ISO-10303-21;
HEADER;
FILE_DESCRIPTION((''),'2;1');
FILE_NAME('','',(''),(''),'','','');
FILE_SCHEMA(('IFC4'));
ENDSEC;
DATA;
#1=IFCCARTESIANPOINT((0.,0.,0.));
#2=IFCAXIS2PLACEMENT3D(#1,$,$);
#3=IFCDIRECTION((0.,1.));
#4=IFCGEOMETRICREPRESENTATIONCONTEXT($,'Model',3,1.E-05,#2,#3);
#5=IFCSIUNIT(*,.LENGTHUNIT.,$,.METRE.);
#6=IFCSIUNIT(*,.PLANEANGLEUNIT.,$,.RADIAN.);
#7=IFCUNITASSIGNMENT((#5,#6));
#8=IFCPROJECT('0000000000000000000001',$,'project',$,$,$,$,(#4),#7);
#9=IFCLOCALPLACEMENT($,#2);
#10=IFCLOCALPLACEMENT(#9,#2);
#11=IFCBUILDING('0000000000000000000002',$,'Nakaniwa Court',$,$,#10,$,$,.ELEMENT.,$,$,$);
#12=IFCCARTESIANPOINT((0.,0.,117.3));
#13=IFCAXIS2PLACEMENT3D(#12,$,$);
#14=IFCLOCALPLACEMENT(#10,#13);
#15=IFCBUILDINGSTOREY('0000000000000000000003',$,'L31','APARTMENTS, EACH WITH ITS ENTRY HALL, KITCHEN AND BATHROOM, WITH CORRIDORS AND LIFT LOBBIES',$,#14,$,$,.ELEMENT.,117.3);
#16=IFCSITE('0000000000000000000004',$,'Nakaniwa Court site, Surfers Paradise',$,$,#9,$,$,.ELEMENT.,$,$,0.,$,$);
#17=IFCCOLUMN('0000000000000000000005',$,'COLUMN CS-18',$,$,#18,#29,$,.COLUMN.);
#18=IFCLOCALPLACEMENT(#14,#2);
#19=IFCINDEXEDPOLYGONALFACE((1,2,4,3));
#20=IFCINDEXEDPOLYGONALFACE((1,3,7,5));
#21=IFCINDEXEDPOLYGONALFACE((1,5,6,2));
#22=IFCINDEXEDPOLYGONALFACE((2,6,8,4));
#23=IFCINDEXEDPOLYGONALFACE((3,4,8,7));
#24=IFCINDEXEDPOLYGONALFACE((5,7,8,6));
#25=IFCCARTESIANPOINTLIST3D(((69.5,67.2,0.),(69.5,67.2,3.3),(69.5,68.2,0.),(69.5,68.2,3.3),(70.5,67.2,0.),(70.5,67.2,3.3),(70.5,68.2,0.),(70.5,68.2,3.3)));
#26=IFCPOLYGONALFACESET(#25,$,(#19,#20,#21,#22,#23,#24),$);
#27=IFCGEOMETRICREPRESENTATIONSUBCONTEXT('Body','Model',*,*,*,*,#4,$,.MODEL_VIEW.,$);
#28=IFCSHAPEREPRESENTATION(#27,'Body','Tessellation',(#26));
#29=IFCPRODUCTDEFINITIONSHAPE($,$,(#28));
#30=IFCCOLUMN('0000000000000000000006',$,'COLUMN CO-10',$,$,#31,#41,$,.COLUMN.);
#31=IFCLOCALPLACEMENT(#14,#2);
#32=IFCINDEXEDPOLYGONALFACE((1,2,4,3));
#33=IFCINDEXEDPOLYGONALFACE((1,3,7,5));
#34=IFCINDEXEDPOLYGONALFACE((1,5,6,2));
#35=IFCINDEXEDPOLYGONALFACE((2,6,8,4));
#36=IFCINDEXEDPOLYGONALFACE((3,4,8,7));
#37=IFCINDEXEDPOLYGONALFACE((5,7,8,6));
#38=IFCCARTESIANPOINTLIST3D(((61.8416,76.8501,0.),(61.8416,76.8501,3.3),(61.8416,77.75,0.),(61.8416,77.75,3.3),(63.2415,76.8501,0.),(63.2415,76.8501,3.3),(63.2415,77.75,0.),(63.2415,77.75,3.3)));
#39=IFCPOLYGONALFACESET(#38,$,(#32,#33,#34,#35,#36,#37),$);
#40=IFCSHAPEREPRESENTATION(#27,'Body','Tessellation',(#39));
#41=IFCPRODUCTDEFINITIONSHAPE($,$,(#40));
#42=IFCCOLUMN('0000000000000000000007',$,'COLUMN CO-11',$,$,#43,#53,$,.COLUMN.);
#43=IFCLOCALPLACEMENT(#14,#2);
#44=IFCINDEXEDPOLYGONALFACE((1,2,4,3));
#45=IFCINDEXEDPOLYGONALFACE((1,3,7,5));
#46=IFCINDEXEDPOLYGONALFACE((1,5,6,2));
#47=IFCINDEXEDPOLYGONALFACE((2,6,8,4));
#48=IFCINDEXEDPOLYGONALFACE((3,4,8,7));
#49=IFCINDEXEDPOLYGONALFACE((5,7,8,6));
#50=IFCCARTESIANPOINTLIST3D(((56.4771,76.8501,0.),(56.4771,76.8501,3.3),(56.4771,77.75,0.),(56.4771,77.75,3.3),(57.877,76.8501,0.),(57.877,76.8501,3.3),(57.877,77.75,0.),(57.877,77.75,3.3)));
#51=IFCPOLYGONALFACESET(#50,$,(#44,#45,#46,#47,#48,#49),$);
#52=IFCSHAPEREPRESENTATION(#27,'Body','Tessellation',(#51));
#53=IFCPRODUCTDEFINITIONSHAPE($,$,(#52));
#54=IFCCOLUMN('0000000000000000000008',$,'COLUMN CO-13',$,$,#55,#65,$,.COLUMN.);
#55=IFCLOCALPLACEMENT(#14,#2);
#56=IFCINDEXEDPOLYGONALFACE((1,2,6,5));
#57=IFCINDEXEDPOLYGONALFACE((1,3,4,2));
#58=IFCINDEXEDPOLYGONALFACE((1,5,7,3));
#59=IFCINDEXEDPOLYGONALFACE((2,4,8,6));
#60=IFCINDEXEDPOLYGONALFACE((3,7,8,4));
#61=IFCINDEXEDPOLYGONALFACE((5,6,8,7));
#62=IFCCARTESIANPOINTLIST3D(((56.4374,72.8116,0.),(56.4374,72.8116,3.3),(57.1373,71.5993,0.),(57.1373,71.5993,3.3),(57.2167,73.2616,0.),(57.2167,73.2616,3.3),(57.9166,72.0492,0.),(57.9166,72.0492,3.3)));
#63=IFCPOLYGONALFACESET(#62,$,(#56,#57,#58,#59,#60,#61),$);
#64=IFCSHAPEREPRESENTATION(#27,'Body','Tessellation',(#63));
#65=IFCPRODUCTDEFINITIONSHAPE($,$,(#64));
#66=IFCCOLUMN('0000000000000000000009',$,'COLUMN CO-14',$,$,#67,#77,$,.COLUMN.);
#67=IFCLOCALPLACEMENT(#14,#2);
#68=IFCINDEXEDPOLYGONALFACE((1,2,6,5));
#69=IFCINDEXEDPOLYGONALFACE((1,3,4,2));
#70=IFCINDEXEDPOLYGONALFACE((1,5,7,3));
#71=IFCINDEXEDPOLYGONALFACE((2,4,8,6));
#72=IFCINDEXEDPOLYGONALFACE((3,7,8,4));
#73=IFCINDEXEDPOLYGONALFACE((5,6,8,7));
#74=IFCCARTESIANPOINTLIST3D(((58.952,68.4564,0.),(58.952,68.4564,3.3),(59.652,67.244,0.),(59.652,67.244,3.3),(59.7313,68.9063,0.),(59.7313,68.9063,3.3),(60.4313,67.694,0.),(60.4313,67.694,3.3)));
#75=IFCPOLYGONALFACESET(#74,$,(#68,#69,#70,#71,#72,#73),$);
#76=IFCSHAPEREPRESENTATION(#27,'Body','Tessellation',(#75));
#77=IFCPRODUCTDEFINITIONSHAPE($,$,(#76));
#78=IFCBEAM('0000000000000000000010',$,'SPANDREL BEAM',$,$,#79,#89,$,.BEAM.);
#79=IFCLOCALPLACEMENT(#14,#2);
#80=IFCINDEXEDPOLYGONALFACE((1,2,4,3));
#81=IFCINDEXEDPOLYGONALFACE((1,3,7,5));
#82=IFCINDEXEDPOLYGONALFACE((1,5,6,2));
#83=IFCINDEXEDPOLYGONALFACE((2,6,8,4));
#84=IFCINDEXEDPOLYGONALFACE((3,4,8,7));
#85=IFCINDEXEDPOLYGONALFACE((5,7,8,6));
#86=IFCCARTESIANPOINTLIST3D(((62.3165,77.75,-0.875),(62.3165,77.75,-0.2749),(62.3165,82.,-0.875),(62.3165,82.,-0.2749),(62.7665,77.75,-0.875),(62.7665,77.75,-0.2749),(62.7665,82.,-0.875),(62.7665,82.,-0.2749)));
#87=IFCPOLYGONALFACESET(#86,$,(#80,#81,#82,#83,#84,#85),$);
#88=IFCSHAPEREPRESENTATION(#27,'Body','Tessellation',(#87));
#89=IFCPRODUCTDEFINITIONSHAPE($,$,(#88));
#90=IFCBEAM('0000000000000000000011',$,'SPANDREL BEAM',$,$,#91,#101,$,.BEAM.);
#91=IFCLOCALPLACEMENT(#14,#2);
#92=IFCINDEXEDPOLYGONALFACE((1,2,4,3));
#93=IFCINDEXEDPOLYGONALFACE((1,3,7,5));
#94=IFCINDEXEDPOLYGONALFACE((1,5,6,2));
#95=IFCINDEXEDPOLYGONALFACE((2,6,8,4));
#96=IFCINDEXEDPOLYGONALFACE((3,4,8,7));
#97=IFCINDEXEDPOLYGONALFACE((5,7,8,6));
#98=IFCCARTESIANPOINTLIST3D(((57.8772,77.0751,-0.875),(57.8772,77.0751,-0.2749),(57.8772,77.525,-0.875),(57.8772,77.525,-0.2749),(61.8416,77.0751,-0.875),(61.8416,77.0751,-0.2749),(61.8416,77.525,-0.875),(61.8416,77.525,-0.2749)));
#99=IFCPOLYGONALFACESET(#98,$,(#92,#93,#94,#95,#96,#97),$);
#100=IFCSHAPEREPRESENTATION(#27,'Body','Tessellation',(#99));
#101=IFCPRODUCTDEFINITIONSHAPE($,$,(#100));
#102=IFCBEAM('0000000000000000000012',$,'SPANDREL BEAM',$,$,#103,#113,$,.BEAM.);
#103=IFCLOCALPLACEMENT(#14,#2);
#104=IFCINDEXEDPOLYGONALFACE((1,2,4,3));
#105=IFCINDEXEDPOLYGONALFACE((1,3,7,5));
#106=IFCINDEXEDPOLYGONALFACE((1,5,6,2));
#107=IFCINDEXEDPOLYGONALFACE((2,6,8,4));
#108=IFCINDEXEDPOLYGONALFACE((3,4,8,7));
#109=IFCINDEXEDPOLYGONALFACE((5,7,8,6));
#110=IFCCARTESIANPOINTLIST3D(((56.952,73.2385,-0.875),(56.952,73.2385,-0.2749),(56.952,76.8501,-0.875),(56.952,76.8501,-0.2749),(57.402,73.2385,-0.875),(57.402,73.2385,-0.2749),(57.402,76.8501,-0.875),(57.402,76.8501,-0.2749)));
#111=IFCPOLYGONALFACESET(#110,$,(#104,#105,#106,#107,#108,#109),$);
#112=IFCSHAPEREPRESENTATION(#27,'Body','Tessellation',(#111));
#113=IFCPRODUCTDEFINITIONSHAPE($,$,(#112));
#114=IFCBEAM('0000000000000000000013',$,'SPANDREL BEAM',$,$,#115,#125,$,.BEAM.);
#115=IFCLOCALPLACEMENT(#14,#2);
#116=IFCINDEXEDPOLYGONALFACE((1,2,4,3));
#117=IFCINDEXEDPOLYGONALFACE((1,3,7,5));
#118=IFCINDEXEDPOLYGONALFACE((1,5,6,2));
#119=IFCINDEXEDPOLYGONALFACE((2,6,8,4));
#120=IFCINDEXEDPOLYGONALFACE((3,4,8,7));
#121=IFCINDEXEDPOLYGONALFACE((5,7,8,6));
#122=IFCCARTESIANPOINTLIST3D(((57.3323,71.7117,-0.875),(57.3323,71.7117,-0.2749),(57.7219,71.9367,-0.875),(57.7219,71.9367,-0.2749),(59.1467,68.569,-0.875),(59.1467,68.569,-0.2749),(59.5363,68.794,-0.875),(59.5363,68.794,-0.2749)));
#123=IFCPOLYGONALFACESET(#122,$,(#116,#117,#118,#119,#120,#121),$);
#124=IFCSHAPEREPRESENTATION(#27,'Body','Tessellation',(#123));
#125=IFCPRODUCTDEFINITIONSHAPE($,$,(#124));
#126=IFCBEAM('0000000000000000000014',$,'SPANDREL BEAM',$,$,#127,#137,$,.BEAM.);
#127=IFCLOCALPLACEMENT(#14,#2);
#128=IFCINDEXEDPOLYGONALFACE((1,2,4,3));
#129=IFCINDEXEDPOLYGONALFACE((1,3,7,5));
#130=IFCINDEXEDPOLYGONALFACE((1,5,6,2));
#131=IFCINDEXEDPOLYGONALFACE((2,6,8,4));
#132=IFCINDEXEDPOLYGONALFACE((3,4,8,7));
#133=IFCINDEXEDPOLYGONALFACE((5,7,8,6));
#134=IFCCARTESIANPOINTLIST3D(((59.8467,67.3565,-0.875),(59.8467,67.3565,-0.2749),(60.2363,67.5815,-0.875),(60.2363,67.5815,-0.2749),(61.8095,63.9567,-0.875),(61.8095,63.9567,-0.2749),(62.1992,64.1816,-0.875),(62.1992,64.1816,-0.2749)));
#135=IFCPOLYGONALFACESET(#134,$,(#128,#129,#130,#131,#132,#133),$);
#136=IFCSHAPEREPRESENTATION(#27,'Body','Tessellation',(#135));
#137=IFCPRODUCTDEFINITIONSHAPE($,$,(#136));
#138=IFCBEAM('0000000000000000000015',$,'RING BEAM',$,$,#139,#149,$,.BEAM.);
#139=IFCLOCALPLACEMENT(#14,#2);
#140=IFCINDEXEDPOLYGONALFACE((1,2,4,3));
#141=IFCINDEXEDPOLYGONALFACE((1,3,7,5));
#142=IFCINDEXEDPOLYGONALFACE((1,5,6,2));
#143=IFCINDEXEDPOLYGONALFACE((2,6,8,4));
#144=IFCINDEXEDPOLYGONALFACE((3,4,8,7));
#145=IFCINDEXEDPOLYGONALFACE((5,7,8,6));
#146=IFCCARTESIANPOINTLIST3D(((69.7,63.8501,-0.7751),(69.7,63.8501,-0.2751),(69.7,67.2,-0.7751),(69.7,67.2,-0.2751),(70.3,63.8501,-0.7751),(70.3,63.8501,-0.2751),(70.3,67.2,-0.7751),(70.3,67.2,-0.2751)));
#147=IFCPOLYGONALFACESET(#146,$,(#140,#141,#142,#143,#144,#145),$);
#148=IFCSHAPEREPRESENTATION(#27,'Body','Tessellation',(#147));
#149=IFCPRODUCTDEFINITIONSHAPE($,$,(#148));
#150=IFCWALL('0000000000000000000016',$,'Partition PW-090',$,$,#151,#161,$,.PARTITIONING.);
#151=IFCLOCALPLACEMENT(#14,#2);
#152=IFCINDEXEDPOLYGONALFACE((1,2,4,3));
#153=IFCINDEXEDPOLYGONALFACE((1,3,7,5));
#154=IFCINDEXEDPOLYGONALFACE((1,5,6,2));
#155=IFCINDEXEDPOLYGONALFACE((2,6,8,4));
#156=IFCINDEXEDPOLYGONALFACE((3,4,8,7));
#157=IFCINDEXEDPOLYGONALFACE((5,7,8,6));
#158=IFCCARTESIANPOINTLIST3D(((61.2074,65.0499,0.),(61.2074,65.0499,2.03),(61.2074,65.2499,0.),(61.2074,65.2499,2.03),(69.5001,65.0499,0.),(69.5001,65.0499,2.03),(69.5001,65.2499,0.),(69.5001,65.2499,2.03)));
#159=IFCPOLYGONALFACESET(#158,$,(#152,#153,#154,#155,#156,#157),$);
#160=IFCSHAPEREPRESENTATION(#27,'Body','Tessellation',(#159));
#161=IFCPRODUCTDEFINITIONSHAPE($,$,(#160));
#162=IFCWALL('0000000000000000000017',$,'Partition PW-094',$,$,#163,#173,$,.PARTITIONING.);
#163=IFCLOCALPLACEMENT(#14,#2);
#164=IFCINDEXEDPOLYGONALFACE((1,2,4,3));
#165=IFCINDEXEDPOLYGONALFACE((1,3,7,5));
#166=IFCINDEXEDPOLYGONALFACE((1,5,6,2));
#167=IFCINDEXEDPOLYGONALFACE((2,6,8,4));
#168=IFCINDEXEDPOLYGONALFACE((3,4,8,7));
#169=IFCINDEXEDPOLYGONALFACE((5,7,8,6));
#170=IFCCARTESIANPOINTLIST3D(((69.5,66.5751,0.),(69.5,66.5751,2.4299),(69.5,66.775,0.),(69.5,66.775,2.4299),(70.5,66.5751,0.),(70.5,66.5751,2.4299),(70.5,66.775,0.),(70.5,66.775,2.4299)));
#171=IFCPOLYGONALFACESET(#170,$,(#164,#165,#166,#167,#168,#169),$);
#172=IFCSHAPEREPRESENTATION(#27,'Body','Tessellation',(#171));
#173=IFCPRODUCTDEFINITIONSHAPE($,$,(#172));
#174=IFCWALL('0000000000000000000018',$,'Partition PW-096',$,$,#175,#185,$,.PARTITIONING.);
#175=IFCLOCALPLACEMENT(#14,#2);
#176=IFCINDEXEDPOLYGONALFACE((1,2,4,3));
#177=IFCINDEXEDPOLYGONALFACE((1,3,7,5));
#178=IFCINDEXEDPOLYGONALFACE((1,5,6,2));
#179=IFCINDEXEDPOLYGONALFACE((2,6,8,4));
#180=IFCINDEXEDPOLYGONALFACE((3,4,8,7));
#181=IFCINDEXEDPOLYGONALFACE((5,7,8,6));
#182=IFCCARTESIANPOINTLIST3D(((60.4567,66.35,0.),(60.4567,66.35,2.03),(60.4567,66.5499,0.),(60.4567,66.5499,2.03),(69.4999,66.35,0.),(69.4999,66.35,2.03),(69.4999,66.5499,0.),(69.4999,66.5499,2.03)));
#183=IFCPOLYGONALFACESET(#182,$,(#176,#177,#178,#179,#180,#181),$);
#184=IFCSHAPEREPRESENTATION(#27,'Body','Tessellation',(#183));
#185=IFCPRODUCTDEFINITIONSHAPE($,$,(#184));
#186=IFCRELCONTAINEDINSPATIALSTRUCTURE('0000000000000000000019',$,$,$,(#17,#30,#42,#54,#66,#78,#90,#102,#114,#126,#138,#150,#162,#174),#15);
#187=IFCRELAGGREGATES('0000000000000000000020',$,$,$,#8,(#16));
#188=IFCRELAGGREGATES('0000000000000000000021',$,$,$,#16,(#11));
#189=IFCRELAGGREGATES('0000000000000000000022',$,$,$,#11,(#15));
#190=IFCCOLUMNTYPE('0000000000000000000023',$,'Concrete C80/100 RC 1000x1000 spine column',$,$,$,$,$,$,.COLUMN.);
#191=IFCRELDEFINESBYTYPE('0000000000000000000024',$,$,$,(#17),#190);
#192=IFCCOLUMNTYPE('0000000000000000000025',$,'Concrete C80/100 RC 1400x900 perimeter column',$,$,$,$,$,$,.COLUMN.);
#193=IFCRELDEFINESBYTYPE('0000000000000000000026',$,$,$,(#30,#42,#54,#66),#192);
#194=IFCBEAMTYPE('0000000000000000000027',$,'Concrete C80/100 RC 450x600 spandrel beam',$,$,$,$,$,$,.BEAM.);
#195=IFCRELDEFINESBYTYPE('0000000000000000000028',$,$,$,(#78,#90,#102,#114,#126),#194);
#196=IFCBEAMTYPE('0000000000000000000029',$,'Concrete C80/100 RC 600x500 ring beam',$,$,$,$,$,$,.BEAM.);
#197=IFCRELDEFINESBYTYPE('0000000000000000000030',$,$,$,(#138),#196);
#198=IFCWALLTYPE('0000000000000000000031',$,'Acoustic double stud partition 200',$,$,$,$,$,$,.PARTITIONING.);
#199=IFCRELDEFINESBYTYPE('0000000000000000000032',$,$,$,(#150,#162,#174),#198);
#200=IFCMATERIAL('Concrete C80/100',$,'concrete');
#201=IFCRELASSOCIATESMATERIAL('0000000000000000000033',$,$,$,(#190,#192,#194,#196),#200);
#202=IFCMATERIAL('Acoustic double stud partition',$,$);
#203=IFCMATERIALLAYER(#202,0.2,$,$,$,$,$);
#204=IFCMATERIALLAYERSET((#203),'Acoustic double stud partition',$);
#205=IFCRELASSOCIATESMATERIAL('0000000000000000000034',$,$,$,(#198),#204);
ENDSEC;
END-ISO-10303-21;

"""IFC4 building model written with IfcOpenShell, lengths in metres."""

from ifc_helpers import new_model, si_unit, direction, frame, frame_2d, origin, origin_2d, place, context, subcontext, project, spatial, rectangle, extrude, material, layer, layer_set, material_profile, profile_set, type_object, element, save


model = new_model("IFC4")

# Units and contexts
model_context = context("Model", 3, precision=1e-05, world=origin(), true_north=direction((0.0, 1.0)))
body_context = subcontext(model_context, "Body", "Model", "MODEL_VIEW")
ifc_project = project(units=[si_unit("LENGTHUNIT", "METRE"), si_unit("PLANEANGLEUNIT", "RADIAN")], contexts=[model_context])

# Site, building, storey
site_placement = place(None, origin())
site = spatial("IfcSite", under=ifc_project, at=site_placement, Name="Nakaniwa Court site, Surfers Paradise", CompositionType="ELEMENT", RefElevation=0.0)
building_placement = place(site_placement, origin())
building = spatial("IfcBuilding", under=site, at=building_placement, Name="Nakaniwa Court", CompositionType="ELEMENT")
storey_placement = place(building_placement, frame((0.0, 0.0, 117.3)))
storey = spatial("IfcBuildingStorey", under=building, at=storey_placement, Name="L31", Description="APARTMENTS, EACH WITH ITS ENTRY HALL, KITCHEN AND BATHROOM, WITH CORRIDORS AND LIFT LOBBIES", CompositionType="ELEMENT", Elevation=117.3)

# Columns
ifc_material_1 = material(Name="Concrete C80/100", Category="concrete")
ifc_material_profile_1 = material_profile(ifc_material_1, rectangle(XDim=1.0, YDim=1.0, at=origin_2d()), Name="Concrete C80/100 RC 1000x1000 spine column")
ifc_profile_set_1 = profile_set([ifc_material_profile_1], Name="Concrete C80/100")
column_type_1 = type_object("IfcColumnType", Name="Concrete C80/100 RC 1000x1000 spine column", PredefinedType="COLUMN", material=ifc_profile_set_1)
column_placement = place(storey_placement, frame((70.0, 67.7, 0.0), z_axis=(0.0, 0.0, 1.0), x_axis=(0.0, -1.0, 0.0)))
element("IfcColumn", 1, at=column_placement, inside=storey, type_object=column_type_1, Name="COLUMN CS-18", PredefinedType="COLUMN", context=body_context, shape_type="SweptSolid", body=[
    extrude(rectangle(XDim=1.0, YDim=1.0, at=origin_2d()), origin(), (0.0, 0.0, 1.0), 3.3),
])
ifc_material_profile_2 = material_profile(ifc_material_1, rectangle(XDim=1.3999, YDim=0.8999, at=origin_2d()), Name="Concrete C80/100 RC 1400x900 perimeter column")
ifc_profile_set_2 = profile_set([ifc_material_profile_2], Name="Concrete C80/100")
column_type_2 = type_object("IfcColumnType", Name="Concrete C80/100 RC 1400x900 perimeter column", PredefinedType="COLUMN", material=ifc_profile_set_2)
for number, where, z_axis, x_axis, name in (
    (2, (62.5415, 77.3, 0.0), (0.0, 0.0, 1.0), (-1.0, 0.0, 0.0), "COLUMN CO-10"),
    (3, (57.177, 77.3, 0.0), (0.0, 0.0, 1.0), (-1.0, 0.0, 0.0), "COLUMN CO-11"),
    (4, (57.177, 72.4304, 0.0), (0.0, 0.0, 1.0), (0.5, -0.866025, 0.0), "COLUMN CO-13"),
    (5, (59.6917, 68.0752, 0.0), (0.0, 0.0, 1.0), (0.5, -0.866025, 0.0), "COLUMN CO-14"),
):
    element("IfcColumn", number, at=place(storey_placement, frame(where, z_axis=z_axis, x_axis=x_axis)), inside=storey, type_object=column_type_2, Name=name, PredefinedType="COLUMN", context=body_context, shape_type="SweptSolid", body=[
        extrude(rectangle(XDim=1.3999, YDim=0.8999, at=origin_2d()), origin(), (0.0, 0.0, 1.0), 3.3),
    ])

# Beams
ifc_material_profile_3 = material_profile(ifc_material_1, rectangle(XDim=0.45, YDim=0.6001, at=origin_2d()), Name="Concrete C80/100 RC 450x600 spandrel beam")
ifc_profile_set_3 = profile_set([ifc_material_profile_3], Name="Concrete C80/100")
beam_type_1 = type_object("IfcBeamType", Name="Concrete C80/100 RC 450x600 spandrel beam", PredefinedType="BEAM", material=ifc_profile_set_3)
beam_1_placement = place(storey_placement, frame((62.5415, 82.0, -0.575), z_axis=(0.0, -1.0, 0.0), x_axis=(1.0, 0.0, 0.0)))
element("IfcBeam", 6, at=beam_1_placement, inside=storey, type_object=beam_type_1, Name="SPANDREL BEAM", PredefinedType="BEAM", context=body_context, shape_type="SweptSolid", body=[
    extrude(rectangle(XDim=0.45, YDim=0.6001, at=origin_2d()), origin(), (0.0, 0.0, 1.0), 4.25),
])
beam_2_placement = place(storey_placement, frame((61.8416, 77.3, -0.575), z_axis=(-1.0, 0.0, 0.0), x_axis=(0.0, -1.0, 0.0)))
element("IfcBeam", 7, at=beam_2_placement, inside=storey, type_object=beam_type_1, Name="SPANDREL BEAM", PredefinedType="BEAM", context=body_context, shape_type="SweptSolid", body=[
    extrude(rectangle(XDim=0.45, YDim=0.6001, at=origin_2d()), origin(), (0.0, 0.0, 1.0), 3.9644),
])
beam_3_placement = place(storey_placement, frame((57.177, 76.8501, -0.575), z_axis=(0.0, -1.0, 0.0), x_axis=(1.0, 0.0, 0.0)))
element("IfcBeam", 8, at=beam_3_placement, inside=storey, type_object=beam_type_1, Name="SPANDREL BEAM", PredefinedType="BEAM", context=body_context, shape_type="SweptSolid", body=[
    extrude(rectangle(XDim=0.45, YDim=0.6001, at=origin_2d()), origin(), (0.0, 0.0, 1.0), 3.6116),
])
beam_4_placement = place(storey_placement, frame((57.5271, 71.8242, -0.575), z_axis=(0.499988, -0.866032, 0.0), x_axis=(0.866032, 0.499988, 0.0)))
element("IfcBeam", 9, at=beam_4_placement, inside=storey, type_object=beam_type_1, Name="SPANDREL BEAM", PredefinedType="BEAM", context=body_context, shape_type="SweptSolid", body=[
    extrude(rectangle(XDim=0.45, YDim=0.6001, at=origin_2d()), origin(), (0.0, 0.0, 1.0), 3.6289),
])
beam_5_placement = place(storey_placement, frame((60.0415, 67.469, -0.575), z_axis=(0.499992, -0.86603, 0.0), x_axis=(0.86603, 0.499992, 0.0)))
element("IfcBeam", 10, at=beam_5_placement, inside=storey, type_object=beam_type_1, Name="SPANDREL BEAM", PredefinedType="BEAM", context=body_context, shape_type="SweptSolid", body=[
    extrude(rectangle(XDim=0.45, YDim=0.6001, at=origin_2d()), origin(), (0.0, 0.0, 1.0), 3.9258),
])
ifc_material_profile_4 = material_profile(ifc_material_1, rectangle(XDim=0.6001, YDim=0.5, at=origin_2d()), Name="Concrete C80/100 RC 600x500 ring beam")
ifc_profile_set_4 = profile_set([ifc_material_profile_4], Name="Concrete C80/100")
beam_type_2 = type_object("IfcBeamType", Name="Concrete C80/100 RC 600x500 ring beam", PredefinedType="BEAM", material=ifc_profile_set_4)
beam_6_placement = place(storey_placement, frame((70.0, 67.2, -0.5251), z_axis=(0.0, -1.0, 0.0), x_axis=(1.0, 0.0, 0.0)))
element("IfcBeam", 11, at=beam_6_placement, inside=storey, type_object=beam_type_2, Name="RING BEAM", PredefinedType="BEAM", context=body_context, shape_type="SweptSolid", body=[
    extrude(rectangle(XDim=0.6001, YDim=0.5, at=origin_2d()), origin(), (0.0, 0.0, 1.0), 3.3499),
])

# Walls
ifc_material_2 = material(Name="Acoustic double stud partition")
ifc_layer_1 = layer(ifc_material_2, 0.2)
ifc_layer_set_1 = layer_set([ifc_layer_1], Name="Acoustic double stud partition")
wall_type_1 = type_object("IfcWallType", Name="Acoustic double stud partition 200", PredefinedType="PARTITIONING", material=ifc_layer_set_1)
wall_1_placement = place(storey_placement, frame((61.2073, 65.1499, 0.0), z_axis=(0.0, 0.0, 1.0), x_axis=(1.0, 0.0, 0.0)))
element("IfcWall", 12, at=wall_1_placement, inside=storey, type_object=wall_type_1, Name="Partition PW-090", PredefinedType="PARTITIONING", context=body_context, shape_type="SweptSolid", body=[
    extrude(rectangle(XDim=8.2927, YDim=0.2, at=frame_2d((4.1465, 0.0))), origin(), (0.0, 0.0, 1.0), 2.03),
])
wall_2_placement = place(storey_placement, frame((69.5, 66.675, 0.0), z_axis=(0.0, 0.0, 1.0), x_axis=(1.0, 0.0, 0.0)))
element("IfcWall", 13, at=wall_2_placement, inside=storey, type_object=wall_type_1, Name="Partition PW-094", PredefinedType="PARTITIONING", context=body_context, shape_type="SweptSolid", body=[
    extrude(rectangle(XDim=1.0, YDim=0.2, at=frame_2d((0.5, 0.0))), origin(), (0.0, 0.0, 1.0), 2.4299),
])
wall_3_placement = place(storey_placement, frame((60.4568, 66.45, 0.0), z_axis=(0.0, 0.0, 1.0), x_axis=(1.0, 0.0, 0.0)))
element("IfcWall", 14, at=wall_3_placement, inside=storey, type_object=wall_type_1, Name="Partition PW-096", PredefinedType="PARTITIONING", context=body_context, shape_type="SweptSolid", body=[
    extrude(rectangle(XDim=9.0432, YDim=0.2, at=frame_2d((4.5215, 0.0))), origin(), (0.0, 0.0, 1.0), 2.03),
])

save(model, "model.ifc")
